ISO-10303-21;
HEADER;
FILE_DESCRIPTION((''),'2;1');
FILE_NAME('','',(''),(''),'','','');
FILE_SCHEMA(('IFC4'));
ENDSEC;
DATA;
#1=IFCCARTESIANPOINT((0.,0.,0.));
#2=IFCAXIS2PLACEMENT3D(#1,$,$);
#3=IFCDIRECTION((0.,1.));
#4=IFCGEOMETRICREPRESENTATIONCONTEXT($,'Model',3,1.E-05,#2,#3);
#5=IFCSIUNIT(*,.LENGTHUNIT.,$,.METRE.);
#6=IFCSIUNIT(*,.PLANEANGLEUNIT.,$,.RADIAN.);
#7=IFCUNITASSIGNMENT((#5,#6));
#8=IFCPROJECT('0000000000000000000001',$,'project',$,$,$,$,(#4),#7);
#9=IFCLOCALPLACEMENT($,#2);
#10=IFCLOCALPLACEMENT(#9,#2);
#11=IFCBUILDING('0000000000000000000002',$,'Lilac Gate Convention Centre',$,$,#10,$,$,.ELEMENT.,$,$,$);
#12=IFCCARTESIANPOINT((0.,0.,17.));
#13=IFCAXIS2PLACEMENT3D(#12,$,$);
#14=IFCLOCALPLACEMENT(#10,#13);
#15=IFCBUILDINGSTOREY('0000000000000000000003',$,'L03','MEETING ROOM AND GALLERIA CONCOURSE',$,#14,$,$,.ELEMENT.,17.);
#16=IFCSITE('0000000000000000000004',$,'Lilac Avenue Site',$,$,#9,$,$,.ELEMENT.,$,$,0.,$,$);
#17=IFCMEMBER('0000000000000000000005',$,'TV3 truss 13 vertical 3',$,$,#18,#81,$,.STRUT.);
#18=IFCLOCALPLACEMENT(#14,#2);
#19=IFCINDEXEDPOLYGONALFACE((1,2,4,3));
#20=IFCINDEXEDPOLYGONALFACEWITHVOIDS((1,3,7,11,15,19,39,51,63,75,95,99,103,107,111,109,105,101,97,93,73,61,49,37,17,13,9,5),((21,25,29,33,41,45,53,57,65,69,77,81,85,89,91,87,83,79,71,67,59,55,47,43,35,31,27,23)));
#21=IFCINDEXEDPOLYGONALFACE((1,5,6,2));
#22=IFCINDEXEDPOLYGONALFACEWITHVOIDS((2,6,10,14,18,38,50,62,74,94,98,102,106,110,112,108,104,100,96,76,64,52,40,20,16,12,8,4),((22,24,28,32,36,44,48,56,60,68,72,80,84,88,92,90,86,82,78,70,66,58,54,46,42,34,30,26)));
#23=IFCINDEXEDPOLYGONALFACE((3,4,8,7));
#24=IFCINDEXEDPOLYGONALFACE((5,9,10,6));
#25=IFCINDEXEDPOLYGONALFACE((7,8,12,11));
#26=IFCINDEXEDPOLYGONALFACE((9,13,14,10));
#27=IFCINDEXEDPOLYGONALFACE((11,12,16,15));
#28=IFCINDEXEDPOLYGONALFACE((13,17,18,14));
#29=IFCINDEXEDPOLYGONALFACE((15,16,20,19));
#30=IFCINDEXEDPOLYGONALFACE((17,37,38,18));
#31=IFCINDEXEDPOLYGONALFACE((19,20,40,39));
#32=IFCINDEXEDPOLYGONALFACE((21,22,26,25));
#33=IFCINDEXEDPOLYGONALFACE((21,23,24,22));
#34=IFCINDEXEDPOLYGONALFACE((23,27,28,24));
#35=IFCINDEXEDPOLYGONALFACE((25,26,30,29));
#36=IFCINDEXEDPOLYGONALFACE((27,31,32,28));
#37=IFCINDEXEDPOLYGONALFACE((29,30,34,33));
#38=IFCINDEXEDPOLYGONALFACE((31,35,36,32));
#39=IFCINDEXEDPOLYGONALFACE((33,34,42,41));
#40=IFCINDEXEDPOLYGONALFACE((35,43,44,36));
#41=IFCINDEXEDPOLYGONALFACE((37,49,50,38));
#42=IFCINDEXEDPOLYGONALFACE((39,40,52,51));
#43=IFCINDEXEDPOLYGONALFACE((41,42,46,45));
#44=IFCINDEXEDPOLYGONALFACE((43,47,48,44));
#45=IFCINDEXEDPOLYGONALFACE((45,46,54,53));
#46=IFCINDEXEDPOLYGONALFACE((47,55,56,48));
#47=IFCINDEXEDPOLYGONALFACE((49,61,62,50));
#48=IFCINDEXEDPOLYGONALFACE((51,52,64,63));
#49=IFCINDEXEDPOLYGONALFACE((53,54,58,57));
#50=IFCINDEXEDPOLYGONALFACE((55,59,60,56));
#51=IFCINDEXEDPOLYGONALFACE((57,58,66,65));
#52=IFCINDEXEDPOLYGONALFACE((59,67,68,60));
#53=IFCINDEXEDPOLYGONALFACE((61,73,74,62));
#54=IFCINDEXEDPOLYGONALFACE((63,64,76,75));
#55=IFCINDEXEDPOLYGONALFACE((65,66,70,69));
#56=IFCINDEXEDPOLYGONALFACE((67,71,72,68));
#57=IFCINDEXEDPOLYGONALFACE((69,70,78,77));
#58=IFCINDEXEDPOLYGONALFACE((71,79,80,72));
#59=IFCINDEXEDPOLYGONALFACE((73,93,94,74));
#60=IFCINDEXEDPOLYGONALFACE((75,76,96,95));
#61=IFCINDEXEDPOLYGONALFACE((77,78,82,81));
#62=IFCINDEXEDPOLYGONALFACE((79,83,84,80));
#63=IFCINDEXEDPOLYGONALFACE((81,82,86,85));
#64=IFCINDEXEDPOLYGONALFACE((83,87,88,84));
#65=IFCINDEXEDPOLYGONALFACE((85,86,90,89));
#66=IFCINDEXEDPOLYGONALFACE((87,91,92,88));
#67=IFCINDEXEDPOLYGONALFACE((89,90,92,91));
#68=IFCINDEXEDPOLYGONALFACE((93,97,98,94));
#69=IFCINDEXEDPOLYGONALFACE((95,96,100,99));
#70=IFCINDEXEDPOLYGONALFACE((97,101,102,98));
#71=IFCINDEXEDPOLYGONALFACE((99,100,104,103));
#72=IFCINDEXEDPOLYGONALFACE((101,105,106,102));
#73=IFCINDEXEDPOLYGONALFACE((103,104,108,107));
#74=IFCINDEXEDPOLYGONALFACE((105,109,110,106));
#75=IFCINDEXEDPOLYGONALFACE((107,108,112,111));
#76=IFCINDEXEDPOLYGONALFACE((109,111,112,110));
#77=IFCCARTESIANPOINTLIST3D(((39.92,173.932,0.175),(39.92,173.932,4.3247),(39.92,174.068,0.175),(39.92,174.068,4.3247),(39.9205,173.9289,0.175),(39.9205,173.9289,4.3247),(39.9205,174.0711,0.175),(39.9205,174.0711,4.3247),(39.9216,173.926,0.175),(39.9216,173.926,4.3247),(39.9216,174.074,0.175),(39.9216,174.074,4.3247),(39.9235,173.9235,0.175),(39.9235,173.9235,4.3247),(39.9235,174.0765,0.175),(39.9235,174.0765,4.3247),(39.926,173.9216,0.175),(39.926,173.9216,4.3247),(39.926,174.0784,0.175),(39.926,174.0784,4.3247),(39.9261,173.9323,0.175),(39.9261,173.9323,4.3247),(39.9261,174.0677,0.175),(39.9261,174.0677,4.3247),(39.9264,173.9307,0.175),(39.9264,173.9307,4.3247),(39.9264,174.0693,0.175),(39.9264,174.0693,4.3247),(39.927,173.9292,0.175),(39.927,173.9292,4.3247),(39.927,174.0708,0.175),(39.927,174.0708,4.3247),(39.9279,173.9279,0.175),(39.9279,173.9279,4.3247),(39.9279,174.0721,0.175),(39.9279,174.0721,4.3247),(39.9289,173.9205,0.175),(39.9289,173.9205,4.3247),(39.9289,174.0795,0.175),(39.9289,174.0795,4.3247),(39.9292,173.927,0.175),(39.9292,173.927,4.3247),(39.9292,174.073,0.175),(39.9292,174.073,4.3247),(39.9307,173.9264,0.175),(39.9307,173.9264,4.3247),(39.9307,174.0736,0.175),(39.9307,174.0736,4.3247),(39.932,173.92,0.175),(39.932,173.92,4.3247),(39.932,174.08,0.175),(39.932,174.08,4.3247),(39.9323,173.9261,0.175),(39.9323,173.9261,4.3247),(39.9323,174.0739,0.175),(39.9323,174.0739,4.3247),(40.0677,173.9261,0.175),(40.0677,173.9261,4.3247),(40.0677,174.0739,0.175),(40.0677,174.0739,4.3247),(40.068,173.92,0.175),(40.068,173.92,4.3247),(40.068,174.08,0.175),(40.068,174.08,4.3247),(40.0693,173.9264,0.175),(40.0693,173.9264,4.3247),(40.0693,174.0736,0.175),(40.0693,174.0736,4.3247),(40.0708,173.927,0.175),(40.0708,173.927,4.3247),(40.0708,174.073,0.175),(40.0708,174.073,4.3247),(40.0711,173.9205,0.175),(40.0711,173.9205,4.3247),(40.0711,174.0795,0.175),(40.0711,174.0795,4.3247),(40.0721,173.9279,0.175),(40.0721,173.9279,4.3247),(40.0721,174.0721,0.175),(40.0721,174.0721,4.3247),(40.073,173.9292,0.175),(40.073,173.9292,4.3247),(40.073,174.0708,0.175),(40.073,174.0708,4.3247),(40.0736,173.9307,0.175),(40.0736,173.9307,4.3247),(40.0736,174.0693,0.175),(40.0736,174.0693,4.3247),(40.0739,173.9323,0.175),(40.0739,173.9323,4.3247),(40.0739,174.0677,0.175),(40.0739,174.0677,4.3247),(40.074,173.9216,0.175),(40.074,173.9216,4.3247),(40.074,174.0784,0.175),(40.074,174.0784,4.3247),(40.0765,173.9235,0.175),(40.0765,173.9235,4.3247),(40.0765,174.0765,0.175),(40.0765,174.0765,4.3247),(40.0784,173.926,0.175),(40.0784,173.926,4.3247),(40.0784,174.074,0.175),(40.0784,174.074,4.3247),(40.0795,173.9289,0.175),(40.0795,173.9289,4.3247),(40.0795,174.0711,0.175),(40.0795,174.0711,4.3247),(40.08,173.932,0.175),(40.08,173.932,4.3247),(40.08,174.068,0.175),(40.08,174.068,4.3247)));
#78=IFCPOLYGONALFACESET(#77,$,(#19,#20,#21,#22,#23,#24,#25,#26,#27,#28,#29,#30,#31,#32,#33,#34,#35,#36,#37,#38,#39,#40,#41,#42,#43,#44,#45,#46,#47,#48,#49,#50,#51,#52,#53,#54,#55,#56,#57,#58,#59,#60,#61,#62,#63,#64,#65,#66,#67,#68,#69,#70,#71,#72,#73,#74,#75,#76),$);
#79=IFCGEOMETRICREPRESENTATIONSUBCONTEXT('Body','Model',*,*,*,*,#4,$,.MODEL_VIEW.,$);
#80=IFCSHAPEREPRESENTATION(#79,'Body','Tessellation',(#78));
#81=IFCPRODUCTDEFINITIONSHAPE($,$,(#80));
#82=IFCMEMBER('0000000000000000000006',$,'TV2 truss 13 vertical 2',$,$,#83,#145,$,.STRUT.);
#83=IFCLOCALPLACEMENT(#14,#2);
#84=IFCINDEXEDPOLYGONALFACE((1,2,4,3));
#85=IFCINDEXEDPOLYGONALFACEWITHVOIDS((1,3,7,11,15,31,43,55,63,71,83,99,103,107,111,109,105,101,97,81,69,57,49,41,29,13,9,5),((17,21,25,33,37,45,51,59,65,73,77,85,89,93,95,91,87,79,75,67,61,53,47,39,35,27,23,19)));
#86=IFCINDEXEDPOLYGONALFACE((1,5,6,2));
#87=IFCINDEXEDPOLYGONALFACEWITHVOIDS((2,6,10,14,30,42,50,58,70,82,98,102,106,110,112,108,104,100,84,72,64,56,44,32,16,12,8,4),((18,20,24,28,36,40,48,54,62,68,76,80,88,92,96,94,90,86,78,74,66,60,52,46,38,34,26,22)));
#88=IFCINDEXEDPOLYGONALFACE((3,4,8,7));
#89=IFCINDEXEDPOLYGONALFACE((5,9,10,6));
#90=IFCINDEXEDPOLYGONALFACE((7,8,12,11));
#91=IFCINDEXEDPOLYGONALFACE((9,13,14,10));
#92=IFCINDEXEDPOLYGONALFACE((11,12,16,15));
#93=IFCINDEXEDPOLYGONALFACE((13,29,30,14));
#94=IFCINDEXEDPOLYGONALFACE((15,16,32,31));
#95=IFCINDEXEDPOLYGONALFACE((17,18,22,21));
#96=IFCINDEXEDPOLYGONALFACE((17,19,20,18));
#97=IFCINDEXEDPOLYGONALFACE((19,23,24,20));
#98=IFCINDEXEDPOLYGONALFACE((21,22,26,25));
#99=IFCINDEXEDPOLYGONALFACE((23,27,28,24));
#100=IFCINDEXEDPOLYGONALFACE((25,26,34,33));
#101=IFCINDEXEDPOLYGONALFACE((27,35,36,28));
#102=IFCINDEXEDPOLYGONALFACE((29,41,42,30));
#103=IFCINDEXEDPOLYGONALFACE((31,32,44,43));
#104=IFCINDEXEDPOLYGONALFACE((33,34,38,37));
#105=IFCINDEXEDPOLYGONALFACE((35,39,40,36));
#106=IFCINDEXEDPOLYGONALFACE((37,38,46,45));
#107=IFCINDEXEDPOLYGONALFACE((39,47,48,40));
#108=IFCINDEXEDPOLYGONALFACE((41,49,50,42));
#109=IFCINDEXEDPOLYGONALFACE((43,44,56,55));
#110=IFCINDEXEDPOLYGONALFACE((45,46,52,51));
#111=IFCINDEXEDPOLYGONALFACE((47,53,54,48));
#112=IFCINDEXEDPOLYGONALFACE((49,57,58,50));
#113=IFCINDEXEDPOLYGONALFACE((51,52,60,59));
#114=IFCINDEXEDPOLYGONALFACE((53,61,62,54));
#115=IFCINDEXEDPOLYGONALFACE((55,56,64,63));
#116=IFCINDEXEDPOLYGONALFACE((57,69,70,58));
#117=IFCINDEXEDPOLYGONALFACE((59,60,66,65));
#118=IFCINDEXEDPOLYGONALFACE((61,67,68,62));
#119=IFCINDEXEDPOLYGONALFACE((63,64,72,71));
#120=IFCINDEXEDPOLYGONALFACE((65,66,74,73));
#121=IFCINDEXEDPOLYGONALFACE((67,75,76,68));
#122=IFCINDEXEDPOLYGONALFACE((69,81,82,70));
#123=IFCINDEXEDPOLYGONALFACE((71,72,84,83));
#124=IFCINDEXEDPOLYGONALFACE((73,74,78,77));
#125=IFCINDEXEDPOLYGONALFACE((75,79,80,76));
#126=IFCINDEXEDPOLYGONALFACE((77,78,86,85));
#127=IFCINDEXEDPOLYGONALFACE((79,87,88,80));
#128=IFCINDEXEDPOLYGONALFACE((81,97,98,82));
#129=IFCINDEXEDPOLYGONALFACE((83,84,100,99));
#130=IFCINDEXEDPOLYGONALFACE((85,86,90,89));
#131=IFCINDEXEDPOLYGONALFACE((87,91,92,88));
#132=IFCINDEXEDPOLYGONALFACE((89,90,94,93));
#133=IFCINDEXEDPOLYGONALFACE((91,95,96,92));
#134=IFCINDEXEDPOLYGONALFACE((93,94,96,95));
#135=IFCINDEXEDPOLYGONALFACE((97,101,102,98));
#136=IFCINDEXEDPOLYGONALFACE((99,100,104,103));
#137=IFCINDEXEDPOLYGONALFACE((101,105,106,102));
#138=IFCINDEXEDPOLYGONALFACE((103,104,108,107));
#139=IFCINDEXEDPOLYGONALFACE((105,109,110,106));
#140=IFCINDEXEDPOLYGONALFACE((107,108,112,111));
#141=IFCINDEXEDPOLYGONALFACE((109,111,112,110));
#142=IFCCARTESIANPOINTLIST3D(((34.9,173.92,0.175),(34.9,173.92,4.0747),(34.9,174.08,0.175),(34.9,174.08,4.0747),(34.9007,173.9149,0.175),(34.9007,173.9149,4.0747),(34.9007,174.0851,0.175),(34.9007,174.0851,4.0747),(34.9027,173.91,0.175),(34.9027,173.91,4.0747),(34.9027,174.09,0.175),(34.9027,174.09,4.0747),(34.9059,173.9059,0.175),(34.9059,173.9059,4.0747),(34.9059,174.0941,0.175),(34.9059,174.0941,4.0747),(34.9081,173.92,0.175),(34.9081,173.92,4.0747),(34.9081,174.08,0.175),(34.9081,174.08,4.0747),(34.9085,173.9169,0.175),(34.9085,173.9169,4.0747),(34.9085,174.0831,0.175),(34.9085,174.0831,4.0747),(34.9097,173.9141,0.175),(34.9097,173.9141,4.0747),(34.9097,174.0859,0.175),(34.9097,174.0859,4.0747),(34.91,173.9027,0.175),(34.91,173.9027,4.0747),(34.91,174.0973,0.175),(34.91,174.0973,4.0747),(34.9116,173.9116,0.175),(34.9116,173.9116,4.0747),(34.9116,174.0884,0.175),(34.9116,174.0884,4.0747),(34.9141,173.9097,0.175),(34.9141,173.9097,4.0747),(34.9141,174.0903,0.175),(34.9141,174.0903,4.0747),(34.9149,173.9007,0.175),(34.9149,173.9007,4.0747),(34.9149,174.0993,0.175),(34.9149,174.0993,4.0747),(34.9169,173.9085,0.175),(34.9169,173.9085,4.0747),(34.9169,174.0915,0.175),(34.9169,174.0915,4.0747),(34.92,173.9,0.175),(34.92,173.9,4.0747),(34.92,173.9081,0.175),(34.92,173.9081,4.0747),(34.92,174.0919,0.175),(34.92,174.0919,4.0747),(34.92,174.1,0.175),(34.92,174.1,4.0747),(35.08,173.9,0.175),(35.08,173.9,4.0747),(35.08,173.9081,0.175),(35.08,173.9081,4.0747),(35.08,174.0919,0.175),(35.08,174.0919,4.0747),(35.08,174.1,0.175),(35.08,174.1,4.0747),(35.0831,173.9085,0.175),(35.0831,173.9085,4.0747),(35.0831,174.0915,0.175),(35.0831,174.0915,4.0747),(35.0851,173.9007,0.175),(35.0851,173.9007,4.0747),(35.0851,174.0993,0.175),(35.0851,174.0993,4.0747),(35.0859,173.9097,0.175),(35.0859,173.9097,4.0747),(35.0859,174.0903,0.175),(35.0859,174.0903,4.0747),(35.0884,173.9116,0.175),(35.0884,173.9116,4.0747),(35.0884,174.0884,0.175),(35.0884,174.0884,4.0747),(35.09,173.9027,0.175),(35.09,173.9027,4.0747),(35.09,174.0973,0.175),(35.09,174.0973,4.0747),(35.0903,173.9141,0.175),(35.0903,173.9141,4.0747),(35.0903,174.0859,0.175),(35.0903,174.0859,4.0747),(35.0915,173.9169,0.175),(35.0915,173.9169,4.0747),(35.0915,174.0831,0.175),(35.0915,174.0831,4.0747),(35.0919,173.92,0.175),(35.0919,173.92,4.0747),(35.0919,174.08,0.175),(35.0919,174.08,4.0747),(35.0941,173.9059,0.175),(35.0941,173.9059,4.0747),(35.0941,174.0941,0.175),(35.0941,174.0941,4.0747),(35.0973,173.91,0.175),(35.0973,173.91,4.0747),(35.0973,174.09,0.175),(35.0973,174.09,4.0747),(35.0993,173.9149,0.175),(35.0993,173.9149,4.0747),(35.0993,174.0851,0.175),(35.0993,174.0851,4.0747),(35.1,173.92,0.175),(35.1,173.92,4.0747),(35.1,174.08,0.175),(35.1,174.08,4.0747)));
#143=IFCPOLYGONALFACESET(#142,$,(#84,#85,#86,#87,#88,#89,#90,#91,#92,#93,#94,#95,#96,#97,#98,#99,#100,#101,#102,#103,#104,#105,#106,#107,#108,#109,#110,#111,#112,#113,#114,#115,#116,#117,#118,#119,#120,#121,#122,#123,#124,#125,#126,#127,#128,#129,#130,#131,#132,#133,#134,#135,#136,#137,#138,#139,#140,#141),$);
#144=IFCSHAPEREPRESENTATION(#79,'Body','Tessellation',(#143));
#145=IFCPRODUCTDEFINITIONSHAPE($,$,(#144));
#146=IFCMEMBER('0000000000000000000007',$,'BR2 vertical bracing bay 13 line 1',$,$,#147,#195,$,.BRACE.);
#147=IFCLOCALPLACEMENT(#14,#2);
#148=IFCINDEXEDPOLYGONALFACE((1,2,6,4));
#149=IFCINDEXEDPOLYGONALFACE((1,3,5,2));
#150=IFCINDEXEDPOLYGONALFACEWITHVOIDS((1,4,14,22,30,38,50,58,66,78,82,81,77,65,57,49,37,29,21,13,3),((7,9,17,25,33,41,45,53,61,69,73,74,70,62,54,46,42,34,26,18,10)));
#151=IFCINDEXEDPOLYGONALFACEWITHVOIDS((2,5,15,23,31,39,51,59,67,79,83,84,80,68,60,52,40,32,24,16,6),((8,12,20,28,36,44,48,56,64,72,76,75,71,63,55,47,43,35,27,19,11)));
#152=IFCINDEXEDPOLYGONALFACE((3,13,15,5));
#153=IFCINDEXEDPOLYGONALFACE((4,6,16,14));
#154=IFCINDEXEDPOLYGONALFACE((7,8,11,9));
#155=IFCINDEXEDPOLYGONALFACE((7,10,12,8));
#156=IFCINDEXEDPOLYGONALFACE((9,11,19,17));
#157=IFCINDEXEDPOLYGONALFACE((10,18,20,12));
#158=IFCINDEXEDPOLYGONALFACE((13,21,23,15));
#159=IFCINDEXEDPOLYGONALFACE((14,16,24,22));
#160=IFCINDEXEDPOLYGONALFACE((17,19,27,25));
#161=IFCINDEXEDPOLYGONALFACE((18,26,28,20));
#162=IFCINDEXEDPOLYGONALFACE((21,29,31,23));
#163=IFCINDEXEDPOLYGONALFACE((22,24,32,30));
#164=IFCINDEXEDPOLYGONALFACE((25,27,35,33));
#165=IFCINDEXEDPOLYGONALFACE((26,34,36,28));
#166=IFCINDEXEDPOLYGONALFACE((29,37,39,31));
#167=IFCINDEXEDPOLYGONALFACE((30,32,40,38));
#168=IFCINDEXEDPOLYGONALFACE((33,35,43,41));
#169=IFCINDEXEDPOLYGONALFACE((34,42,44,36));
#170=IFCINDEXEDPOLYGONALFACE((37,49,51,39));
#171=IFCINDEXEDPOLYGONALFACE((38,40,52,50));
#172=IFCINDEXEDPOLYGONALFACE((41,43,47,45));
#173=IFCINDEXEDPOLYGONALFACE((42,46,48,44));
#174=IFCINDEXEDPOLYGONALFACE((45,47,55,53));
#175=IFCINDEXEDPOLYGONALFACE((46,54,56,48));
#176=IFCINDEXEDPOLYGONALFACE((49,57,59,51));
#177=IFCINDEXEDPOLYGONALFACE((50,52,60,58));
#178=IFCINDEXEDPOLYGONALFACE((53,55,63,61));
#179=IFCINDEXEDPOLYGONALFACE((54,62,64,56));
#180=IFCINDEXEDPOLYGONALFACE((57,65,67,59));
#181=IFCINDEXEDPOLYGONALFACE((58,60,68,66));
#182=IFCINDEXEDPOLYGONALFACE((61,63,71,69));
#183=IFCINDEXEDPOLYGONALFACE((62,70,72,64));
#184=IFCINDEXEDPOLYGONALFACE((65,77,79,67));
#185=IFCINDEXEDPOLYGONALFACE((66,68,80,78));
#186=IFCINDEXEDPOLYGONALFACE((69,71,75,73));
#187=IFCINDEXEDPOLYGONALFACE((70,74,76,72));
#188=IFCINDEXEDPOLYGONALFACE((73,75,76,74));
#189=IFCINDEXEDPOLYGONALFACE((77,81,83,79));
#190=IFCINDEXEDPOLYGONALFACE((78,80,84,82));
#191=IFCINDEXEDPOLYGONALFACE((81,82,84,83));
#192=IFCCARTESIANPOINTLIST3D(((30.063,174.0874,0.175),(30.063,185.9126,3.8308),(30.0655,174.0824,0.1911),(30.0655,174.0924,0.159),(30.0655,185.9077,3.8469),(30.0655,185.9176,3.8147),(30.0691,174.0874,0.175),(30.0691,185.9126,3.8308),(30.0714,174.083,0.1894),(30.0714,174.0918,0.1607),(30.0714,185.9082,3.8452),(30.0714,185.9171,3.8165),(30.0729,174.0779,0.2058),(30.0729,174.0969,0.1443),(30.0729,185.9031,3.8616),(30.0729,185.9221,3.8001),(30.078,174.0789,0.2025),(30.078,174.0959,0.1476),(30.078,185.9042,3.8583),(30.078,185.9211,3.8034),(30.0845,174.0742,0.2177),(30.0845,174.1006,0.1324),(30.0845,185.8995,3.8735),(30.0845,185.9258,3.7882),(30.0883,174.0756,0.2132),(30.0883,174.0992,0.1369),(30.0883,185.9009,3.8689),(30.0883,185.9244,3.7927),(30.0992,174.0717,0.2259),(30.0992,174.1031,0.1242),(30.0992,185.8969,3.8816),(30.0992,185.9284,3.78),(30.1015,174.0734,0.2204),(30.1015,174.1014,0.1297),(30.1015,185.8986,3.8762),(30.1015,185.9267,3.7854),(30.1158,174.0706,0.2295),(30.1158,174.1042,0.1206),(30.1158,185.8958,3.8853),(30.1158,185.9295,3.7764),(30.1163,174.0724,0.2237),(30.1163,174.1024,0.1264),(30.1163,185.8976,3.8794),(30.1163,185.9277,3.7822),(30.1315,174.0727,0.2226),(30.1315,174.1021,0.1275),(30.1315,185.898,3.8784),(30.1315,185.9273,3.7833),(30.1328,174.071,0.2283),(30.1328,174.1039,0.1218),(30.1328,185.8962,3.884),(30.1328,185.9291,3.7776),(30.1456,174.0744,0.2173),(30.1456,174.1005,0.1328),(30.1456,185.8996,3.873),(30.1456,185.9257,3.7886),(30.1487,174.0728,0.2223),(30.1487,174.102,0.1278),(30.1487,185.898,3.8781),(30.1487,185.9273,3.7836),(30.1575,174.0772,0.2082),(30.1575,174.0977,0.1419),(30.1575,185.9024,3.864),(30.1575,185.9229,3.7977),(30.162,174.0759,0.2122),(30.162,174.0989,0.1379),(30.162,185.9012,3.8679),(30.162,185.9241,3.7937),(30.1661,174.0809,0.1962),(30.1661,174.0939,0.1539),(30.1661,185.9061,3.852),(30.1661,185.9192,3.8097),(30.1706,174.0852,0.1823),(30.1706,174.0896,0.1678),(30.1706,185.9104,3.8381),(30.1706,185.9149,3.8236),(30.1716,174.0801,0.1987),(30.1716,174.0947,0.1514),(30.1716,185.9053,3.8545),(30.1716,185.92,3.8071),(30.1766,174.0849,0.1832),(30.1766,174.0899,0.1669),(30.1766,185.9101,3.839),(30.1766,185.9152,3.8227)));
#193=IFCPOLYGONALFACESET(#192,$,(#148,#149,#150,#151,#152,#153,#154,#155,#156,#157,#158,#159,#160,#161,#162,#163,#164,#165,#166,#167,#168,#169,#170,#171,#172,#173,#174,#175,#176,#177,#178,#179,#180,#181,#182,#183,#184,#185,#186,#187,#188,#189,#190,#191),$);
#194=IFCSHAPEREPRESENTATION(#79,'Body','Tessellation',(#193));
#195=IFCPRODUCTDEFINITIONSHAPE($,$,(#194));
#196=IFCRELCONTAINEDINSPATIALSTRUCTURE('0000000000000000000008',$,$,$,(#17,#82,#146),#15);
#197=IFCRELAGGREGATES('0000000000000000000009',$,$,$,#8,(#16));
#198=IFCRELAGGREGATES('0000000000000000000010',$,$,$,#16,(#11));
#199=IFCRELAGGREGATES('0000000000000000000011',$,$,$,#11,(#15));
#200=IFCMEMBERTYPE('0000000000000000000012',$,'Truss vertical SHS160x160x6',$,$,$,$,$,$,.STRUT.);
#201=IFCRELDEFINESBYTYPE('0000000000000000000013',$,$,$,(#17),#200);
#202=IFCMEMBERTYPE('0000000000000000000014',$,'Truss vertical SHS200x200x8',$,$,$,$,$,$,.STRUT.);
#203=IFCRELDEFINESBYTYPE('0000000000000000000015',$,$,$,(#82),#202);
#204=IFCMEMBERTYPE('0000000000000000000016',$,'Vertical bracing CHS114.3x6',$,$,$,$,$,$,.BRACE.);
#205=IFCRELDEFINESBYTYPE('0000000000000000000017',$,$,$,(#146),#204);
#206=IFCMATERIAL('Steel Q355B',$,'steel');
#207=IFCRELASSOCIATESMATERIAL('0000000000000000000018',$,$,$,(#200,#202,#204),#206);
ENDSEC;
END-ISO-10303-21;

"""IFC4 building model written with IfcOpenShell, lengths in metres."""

from ifc_helpers import new_model, si_unit, direction, frame, origin, origin_2d, place, context, subcontext, project, spatial, hollow_rectangle, hollow_circle, extrude, material, material_profile, profile_set, type_object, element, save


model = new_model("IFC4")

# Units and contexts
model_context = context("Model", 3, precision=1e-05, world=origin(), true_north=direction((0.0, 1.0)))
body_context = subcontext(model_context, "Body", "Model", "MODEL_VIEW")
ifc_project = project(units=[si_unit("LENGTHUNIT", "METRE"), si_unit("PLANEANGLEUNIT", "RADIAN")], contexts=[model_context])

# Site, building, storey
site_placement = place(None, origin())
site = spatial("IfcSite", under=ifc_project, at=site_placement, Name="Lilac Avenue Site", CompositionType="ELEMENT", RefElevation=0.0)
building_placement = place(site_placement, origin())
building = spatial("IfcBuilding", under=site, at=building_placement, Name="Lilac Gate Convention Centre", CompositionType="ELEMENT")
storey_placement = place(building_placement, frame((0.0, 0.0, 17.0)))
storey = spatial("IfcBuildingStorey", under=building, at=storey_placement, Name="L03", Description="MEETING ROOM AND GALLERIA CONCOURSE", CompositionType="ELEMENT", Elevation=17.0)

# Members
ifc_material = material(Name="Steel Q355B", Category="steel")
ifc_material_profile_1 = material_profile(ifc_material, hollow_rectangle(XDim=0.1599, YDim=0.1599, WallThickness=0.0061, InnerFilletRadius=0.0061, OuterFilletRadius=0.012, at=origin_2d()), Name="SHS160x160x6")
ifc_profile_set_1 = profile_set([ifc_material_profile_1], Name="Steel Q355B")
member_type_1 = type_object("IfcMemberType", Name="Truss vertical SHS160x160x6", PredefinedType="STRUT", material=ifc_profile_set_1)
member_1_placement = place(storey_placement, frame((40.0, 174.0, 0.175), z_axis=(0.0, 0.0, 1.0), x_axis=(1.0, 0.0, 0.0)))
element("IfcMember", 1, at=member_1_placement, inside=storey, type_object=member_type_1, Name="TV3 truss 13 vertical 3", PredefinedType="STRUT", context=body_context, shape_type="SweptSolid", body=[
    extrude(hollow_rectangle(XDim=0.1599, YDim=0.1599, WallThickness=0.0061, InnerFilletRadius=0.0061, OuterFilletRadius=0.012, at=origin_2d()), origin(), (0.0, 0.0, 1.0), 4.1497),
])
ifc_material_profile_2 = material_profile(ifc_material, hollow_rectangle(XDim=0.2, YDim=0.2, WallThickness=0.0081, InnerFilletRadius=0.012, OuterFilletRadius=0.02, at=origin_2d()), Name="SHS200x200x8")
ifc_profile_set_2 = profile_set([ifc_material_profile_2], Name="Steel Q355B")
member_type_2 = type_object("IfcMemberType", Name="Truss vertical SHS200x200x8", PredefinedType="STRUT", material=ifc_profile_set_2)
member_2_placement = place(storey_placement, frame((35.0, 174.0, 0.175), z_axis=(0.0, 0.0, 1.0), x_axis=(1.0, 0.0, 0.0)))
element("IfcMember", 2, at=member_2_placement, inside=storey, type_object=member_type_2, Name="TV2 truss 13 vertical 2", PredefinedType="STRUT", context=body_context, shape_type="SweptSolid", body=[
    extrude(hollow_rectangle(XDim=0.2, YDim=0.2, WallThickness=0.0081, InnerFilletRadius=0.012, OuterFilletRadius=0.02, at=origin_2d()), origin(), (0.0, 0.0, 1.0), 3.8997),
])
ifc_material_profile_3 = material_profile(ifc_material, hollow_circle(Radius=0.0571, WallThickness=0.0061, at=origin_2d()), Name="CHS114.3x6")
ifc_profile_set_3 = profile_set([ifc_material_profile_3], Name="Steel Q355B")
member_type_3 = type_object("IfcMemberType", Name="Vertical bracing CHS114.3x6", PredefinedType="BRACE", material=ifc_profile_set_3)
member_3_placement = place(storey_placement, frame((30.1201, 174.0874, 0.175), z_axis=(0.0, 0.955387, 0.295358), x_axis=(-1.0, 0.0, 0.0)))
element("IfcMember", 3, at=member_3_placement, inside=storey, type_object=member_type_3, Name="BR2 vertical bracing bay 13 line 1", PredefinedType="BRACE", context=body_context, shape_type="SweptSolid", body=[
    extrude(hollow_circle(Radius=0.0571, WallThickness=0.0061, at=origin_2d()), origin(), (0.0, 0.0, 1.0), 12.3774),
])

save(model, "model.ifc")
